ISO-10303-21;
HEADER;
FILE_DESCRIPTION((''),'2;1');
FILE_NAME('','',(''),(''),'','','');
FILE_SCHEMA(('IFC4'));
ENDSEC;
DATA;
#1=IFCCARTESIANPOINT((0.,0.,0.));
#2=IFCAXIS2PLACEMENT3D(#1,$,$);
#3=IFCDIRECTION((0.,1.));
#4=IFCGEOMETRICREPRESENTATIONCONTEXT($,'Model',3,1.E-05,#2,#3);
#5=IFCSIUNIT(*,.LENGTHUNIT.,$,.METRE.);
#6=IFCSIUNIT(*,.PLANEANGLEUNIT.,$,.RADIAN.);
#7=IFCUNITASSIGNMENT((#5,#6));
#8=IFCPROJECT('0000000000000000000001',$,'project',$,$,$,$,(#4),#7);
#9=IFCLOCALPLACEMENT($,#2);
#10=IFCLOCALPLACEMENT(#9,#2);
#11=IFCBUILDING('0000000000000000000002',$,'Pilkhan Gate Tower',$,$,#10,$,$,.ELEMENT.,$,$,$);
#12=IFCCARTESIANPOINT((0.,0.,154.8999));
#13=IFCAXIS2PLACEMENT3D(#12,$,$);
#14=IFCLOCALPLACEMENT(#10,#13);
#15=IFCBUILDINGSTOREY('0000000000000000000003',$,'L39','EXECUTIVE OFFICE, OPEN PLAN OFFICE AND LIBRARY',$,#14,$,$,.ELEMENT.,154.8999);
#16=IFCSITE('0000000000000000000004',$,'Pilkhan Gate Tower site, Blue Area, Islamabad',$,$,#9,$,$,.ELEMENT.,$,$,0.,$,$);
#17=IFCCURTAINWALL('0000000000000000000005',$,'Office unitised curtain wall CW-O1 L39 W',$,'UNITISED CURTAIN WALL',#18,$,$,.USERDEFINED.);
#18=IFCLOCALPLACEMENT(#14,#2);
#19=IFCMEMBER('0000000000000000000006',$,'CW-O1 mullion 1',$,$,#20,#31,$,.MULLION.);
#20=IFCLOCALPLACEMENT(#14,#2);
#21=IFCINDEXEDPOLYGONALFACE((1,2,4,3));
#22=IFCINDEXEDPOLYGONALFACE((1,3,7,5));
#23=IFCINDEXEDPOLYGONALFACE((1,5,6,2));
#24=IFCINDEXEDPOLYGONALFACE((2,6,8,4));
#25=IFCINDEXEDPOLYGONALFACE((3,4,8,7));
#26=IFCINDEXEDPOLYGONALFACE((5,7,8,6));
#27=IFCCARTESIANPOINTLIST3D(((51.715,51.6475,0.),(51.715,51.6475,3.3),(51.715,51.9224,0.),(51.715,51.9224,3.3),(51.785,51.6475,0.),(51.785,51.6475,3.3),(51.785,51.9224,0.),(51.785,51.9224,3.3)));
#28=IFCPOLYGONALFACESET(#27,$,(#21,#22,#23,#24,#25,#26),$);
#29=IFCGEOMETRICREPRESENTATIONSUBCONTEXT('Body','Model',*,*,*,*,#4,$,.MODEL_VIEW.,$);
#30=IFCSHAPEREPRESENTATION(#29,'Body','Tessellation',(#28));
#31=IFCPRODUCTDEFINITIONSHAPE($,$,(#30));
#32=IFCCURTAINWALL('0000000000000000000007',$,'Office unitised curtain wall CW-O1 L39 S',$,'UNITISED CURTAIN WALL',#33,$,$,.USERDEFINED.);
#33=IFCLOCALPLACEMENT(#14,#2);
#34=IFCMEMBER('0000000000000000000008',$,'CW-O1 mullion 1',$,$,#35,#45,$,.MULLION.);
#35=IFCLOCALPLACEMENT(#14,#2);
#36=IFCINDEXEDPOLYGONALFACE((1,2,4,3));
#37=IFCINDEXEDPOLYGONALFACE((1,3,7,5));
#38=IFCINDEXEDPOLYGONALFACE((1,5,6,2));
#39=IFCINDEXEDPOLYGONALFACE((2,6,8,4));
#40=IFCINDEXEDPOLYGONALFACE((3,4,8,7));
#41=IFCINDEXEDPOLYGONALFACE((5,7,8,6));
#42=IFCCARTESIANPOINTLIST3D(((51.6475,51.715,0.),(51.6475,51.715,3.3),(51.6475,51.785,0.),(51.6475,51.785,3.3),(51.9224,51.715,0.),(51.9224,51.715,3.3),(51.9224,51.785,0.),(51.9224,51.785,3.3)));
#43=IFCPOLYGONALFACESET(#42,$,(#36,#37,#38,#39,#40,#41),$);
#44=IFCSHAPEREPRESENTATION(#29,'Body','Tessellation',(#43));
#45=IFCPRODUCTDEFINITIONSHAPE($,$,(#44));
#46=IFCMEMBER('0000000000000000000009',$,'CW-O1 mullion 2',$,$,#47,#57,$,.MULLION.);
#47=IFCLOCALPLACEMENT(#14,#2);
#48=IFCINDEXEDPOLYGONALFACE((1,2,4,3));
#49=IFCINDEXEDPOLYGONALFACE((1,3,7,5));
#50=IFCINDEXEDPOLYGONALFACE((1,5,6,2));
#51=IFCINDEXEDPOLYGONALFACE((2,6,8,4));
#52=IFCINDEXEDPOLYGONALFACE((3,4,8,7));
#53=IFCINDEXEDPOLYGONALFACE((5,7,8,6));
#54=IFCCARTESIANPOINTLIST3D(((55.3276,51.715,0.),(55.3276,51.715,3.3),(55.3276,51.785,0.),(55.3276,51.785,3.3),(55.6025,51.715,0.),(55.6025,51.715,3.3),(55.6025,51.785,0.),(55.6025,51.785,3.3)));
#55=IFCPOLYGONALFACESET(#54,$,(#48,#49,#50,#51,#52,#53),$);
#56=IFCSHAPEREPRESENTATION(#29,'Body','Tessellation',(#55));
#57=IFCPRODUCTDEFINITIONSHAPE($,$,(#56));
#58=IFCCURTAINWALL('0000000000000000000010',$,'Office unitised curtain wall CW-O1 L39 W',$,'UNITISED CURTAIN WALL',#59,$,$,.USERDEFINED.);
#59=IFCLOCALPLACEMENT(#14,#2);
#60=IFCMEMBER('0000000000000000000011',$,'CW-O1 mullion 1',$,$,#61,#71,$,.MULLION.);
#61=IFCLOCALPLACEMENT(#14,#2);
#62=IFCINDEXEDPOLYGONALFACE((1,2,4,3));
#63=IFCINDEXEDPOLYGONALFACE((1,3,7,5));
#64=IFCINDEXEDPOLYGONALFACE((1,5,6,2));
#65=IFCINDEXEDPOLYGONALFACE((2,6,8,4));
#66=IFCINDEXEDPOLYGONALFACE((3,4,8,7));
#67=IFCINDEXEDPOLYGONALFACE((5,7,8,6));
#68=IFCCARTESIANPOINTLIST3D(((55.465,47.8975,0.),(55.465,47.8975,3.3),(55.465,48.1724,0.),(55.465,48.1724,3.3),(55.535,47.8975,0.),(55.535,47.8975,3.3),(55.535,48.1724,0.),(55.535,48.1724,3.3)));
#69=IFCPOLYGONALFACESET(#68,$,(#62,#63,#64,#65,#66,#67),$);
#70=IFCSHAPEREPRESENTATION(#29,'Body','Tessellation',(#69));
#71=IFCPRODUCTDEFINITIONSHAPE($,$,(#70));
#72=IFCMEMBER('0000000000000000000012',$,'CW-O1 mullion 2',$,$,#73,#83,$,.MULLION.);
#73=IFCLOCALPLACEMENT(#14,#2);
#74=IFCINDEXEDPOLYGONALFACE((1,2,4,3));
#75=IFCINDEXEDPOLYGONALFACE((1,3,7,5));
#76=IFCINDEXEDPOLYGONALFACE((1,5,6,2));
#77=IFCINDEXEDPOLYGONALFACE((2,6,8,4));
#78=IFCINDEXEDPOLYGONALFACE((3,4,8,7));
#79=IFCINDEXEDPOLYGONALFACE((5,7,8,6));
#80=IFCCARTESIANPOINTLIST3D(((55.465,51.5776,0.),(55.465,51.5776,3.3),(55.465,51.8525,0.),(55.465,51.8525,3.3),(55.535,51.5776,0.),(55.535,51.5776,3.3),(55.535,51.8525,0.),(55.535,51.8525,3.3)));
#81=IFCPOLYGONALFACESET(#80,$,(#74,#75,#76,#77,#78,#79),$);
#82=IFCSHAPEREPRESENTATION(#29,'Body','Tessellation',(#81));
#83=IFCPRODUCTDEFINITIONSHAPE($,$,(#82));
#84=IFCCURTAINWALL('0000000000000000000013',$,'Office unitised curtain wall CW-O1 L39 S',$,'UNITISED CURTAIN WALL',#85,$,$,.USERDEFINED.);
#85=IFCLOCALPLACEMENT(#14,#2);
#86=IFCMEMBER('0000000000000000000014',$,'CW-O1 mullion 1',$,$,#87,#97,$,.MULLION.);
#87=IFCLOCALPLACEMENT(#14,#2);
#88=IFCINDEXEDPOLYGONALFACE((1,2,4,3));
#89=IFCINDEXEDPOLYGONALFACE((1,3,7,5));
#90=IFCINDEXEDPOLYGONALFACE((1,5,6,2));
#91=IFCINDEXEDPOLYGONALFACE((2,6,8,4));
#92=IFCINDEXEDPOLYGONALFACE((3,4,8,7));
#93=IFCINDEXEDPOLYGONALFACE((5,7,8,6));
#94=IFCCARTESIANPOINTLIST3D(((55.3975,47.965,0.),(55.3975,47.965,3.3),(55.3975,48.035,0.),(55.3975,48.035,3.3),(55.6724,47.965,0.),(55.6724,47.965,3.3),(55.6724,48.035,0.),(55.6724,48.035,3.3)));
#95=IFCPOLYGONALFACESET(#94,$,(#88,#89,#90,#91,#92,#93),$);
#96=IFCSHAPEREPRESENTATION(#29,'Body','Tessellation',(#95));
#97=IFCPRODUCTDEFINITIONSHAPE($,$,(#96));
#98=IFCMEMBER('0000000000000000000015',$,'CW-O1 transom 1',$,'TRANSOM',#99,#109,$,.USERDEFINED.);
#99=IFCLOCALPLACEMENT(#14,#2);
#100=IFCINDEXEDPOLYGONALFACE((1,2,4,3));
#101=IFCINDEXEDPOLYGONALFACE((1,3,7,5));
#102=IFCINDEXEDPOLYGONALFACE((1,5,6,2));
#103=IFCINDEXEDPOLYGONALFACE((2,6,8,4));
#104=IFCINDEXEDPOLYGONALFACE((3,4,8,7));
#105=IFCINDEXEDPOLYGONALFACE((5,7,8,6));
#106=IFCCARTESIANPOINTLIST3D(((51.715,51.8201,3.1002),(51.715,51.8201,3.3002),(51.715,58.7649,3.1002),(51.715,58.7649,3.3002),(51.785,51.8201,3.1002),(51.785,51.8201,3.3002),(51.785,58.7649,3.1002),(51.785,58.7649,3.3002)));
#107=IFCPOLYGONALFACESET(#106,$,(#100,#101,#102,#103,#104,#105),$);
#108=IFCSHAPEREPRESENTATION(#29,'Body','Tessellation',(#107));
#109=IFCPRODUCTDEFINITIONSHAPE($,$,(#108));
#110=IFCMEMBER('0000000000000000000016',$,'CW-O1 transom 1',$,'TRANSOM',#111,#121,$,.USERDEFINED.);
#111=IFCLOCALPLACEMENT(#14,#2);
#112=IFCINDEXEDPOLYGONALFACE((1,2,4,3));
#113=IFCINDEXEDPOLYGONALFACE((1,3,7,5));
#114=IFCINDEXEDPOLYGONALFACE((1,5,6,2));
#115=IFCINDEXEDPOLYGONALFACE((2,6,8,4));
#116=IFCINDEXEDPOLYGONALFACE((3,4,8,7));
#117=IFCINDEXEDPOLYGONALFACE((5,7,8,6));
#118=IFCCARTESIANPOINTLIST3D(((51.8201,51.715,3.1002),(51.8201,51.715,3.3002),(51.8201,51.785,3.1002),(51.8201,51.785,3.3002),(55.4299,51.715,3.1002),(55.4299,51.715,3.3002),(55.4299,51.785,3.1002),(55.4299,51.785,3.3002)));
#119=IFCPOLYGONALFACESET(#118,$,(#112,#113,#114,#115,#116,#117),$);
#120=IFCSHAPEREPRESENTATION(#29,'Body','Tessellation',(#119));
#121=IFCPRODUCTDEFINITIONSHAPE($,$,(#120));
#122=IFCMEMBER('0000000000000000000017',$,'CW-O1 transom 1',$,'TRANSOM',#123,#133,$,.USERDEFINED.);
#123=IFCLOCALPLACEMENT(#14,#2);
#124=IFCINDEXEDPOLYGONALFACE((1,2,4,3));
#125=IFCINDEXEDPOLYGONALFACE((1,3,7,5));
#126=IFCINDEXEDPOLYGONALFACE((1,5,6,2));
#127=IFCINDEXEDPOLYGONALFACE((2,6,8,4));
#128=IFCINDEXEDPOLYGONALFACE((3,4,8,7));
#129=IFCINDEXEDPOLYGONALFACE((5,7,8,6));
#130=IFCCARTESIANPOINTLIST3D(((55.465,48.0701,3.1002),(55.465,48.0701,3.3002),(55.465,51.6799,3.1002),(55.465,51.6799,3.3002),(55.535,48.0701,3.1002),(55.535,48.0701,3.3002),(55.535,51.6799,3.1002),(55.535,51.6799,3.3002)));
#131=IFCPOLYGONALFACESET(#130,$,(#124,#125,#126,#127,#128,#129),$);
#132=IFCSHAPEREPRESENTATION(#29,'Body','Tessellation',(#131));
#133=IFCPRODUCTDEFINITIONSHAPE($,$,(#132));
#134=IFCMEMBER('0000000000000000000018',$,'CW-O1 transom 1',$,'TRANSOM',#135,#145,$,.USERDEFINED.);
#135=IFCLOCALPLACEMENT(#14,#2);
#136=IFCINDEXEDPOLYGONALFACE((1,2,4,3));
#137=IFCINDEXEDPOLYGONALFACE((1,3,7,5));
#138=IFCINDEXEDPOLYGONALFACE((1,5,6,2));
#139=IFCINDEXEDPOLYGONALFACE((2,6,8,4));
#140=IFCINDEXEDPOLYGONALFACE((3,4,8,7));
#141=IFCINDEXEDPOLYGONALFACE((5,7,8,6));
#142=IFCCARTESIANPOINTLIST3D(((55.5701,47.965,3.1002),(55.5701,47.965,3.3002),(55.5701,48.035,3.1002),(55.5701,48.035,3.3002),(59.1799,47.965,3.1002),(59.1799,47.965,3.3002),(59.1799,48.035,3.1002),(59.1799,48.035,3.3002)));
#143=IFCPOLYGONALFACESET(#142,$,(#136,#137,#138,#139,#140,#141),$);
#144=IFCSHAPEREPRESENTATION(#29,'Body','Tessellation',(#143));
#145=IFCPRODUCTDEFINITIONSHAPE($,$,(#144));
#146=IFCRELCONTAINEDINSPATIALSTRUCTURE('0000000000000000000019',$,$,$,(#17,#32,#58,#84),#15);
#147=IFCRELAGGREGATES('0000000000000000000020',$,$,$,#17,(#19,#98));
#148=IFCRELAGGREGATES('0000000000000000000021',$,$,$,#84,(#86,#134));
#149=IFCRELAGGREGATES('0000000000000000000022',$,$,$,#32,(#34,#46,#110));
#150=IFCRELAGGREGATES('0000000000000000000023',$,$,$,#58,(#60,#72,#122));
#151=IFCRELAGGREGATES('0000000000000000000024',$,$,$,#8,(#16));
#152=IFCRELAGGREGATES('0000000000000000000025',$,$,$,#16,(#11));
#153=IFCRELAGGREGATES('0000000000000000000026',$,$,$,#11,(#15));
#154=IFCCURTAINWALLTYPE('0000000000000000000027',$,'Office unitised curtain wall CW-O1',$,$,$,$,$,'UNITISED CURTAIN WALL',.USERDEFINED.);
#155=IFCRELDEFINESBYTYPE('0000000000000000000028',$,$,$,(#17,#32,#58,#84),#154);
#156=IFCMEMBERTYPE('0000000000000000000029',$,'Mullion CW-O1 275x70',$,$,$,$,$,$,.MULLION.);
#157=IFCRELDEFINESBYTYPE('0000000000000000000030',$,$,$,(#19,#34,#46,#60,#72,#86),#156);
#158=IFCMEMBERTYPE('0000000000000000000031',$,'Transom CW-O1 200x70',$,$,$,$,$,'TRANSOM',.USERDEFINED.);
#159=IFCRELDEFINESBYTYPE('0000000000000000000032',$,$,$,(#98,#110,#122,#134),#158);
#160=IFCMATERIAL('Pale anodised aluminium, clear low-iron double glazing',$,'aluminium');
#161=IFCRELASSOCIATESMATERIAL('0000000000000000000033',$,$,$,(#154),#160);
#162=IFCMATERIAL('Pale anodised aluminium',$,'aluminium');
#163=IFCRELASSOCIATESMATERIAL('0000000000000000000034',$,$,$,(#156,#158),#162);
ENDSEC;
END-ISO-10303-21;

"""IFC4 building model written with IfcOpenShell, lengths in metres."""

from ifc_helpers import new_model, si_unit, direction, frame, origin, origin_2d, place, context, subcontext, project, spatial, rectangle, extrude, material, material_profile, profile_set, type_object, element, aggregate, save


model = new_model("IFC4")

# Units and contexts
model_context = context("Model", 3, precision=1e-05, world=origin(), true_north=direction((0.0, 1.0)))
body_context = subcontext(model_context, "Body", "Model", "MODEL_VIEW")
ifc_project = project(units=[si_unit("LENGTHUNIT", "METRE"), si_unit("PLANEANGLEUNIT", "RADIAN")], contexts=[model_context])

# Site, building, storey
site_placement = place(None, origin())
site = spatial("IfcSite", under=ifc_project, at=site_placement, Name="Pilkhan Gate Tower site, Blue Area, Islamabad", CompositionType="ELEMENT", RefElevation=0.0)
building_placement = place(site_placement, origin())
building = spatial("IfcBuilding", under=site, at=building_placement, Name="Pilkhan Gate Tower", CompositionType="ELEMENT")
storey_placement = place(building_placement, frame((0.0, 0.0, 154.8999)))
storey = spatial("IfcBuildingStorey", under=building, at=storey_placement, Name="L39", Description="EXECUTIVE OFFICE, OPEN PLAN OFFICE AND LIBRARY", CompositionType="ELEMENT", Elevation=154.8999)

# Curtain wall, member
ifc_material_1 = material(Name="Pale anodised aluminium, clear low-iron double glazing", Category="aluminium")
curtain_wall_type = type_object("IfcCurtainWallType", Name="Office unitised curtain wall CW-O1", ElementType="UNITISED CURTAIN WALL", PredefinedType="USERDEFINED", material=ifc_material_1)
curtain_wall_1_placement = place(storey_placement, origin())
curtain_wall_1 = element("IfcCurtainWall", 1, at=curtain_wall_1_placement, inside=storey, type_object=curtain_wall_type, Name="Office unitised curtain wall CW-O1 L39 W", ObjectType="UNITISED CURTAIN WALL", PredefinedType="USERDEFINED")
ifc_material_2 = material(Name="Pale anodised aluminium", Category="aluminium")
ifc_material_profile_1 = material_profile(ifc_material_2, rectangle(XDim=0.0701, YDim=0.2749, at=origin_2d()), Name="Mullion 275x70")
ifc_profile_set_1 = profile_set([ifc_material_profile_1], Name="Pale anodised aluminium")
member_type_1 = type_object("IfcMemberType", Name="Mullion CW-O1 275x70", PredefinedType="MULLION", material=ifc_profile_set_1)
member_1_placement = place(storey_placement, frame((51.75, 51.7849, 0.0), z_axis=(0.0, 0.0, 1.0), x_axis=(-1.0, 0.0, 0.0)))
member_1 = element("IfcMember", 2, at=member_1_placement, type_object=member_type_1, Name="CW-O1 mullion 1", PredefinedType="MULLION", context=body_context, shape_type="SweptSolid", body=[
    extrude(rectangle(XDim=0.0701, YDim=0.2749, at=origin_2d()), origin(), (0.0, 0.0, 1.0), 3.3),
])

# Curtain walls, members
curtain_wall_2_placement = place(storey_placement, origin())
curtain_wall_2 = element("IfcCurtainWall", 3, at=curtain_wall_2_placement, inside=storey, type_object=curtain_wall_type, Name="Office unitised curtain wall CW-O1 L39 S", ObjectType="UNITISED CURTAIN WALL", PredefinedType="USERDEFINED")
member_2_placement = place(storey_placement, frame((51.7849, 51.75, 0.0), z_axis=(0.0, 0.0, 1.0), x_axis=(0.0, 1.0, 0.0)))
member_2 = element("IfcMember", 4, at=member_2_placement, type_object=member_type_1, Name="CW-O1 mullion 1", PredefinedType="MULLION", context=body_context, shape_type="SweptSolid", body=[
    extrude(rectangle(XDim=0.0701, YDim=0.2749, at=origin_2d()), origin(), (0.0, 0.0, 1.0), 3.3),
])
member_3_placement = place(storey_placement, frame((55.4651, 51.75, 0.0), z_axis=(0.0, 0.0, 1.0), x_axis=(0.0, 1.0, 0.0)))
member_3 = element("IfcMember", 5, at=member_3_placement, type_object=member_type_1, Name="CW-O1 mullion 2", PredefinedType="MULLION", context=body_context, shape_type="SweptSolid", body=[
    extrude(rectangle(XDim=0.0701, YDim=0.2749, at=origin_2d()), origin(), (0.0, 0.0, 1.0), 3.3),
])
curtain_wall_3_placement = place(storey_placement, origin())
curtain_wall_3 = element("IfcCurtainWall", 6, at=curtain_wall_3_placement, inside=storey, type_object=curtain_wall_type, Name="Office unitised curtain wall CW-O1 L39 W", ObjectType="UNITISED CURTAIN WALL", PredefinedType="USERDEFINED")
member_4_placement = place(storey_placement, frame((55.5, 48.0349, 0.0), z_axis=(0.0, 0.0, 1.0), x_axis=(-1.0, 0.0, 0.0)))
member_4 = element("IfcMember", 7, at=member_4_placement, type_object=member_type_1, Name="CW-O1 mullion 1", PredefinedType="MULLION", context=body_context, shape_type="SweptSolid", body=[
    extrude(rectangle(XDim=0.0701, YDim=0.2749, at=origin_2d()), origin(), (0.0, 0.0, 1.0), 3.3),
])
member_5_placement = place(storey_placement, frame((55.5, 51.7151, 0.0), z_axis=(0.0, 0.0, 1.0), x_axis=(-1.0, 0.0, 0.0)))
member_5 = element("IfcMember", 8, at=member_5_placement, type_object=member_type_1, Name="CW-O1 mullion 2", PredefinedType="MULLION", context=body_context, shape_type="SweptSolid", body=[
    extrude(rectangle(XDim=0.0701, YDim=0.2749, at=origin_2d()), origin(), (0.0, 0.0, 1.0), 3.3),
])

# Curtain wall, member
curtain_wall_4_placement = place(storey_placement, origin())
curtain_wall_4 = element("IfcCurtainWall", 9, at=curtain_wall_4_placement, inside=storey, type_object=curtain_wall_type, Name="Office unitised curtain wall CW-O1 L39 S", ObjectType="UNITISED CURTAIN WALL", PredefinedType="USERDEFINED")
member_6_placement = place(storey_placement, frame((55.5349, 48.0, 0.0), z_axis=(0.0, 0.0, 1.0), x_axis=(0.0, 1.0, 0.0)))
member_6 = element("IfcMember", 10, at=member_6_placement, type_object=member_type_1, Name="CW-O1 mullion 1", PredefinedType="MULLION", context=body_context, shape_type="SweptSolid", body=[
    extrude(rectangle(XDim=0.0701, YDim=0.2749, at=origin_2d()), origin(), (0.0, 0.0, 1.0), 3.3),
])

# Members
ifc_material_profile_2 = material_profile(ifc_material_2, rectangle(XDim=0.0701, YDim=0.2, at=origin_2d()), Name="Transom 200x70")
ifc_profile_set_2 = profile_set([ifc_material_profile_2], Name="Pale anodised aluminium")
member_type_2 = type_object("IfcMemberType", Name="Transom CW-O1 200x70", ElementType="TRANSOM", PredefinedType="USERDEFINED", material=ifc_profile_set_2)
member_7_placement = place(storey_placement, frame((51.75, 51.8201, 3.2002), z_axis=(0.0, 1.0, 0.0), x_axis=(-1.0, 0.0, 0.0)))
member_7 = element("IfcMember", 11, at=member_7_placement, type_object=member_type_2, Name="CW-O1 transom 1", ObjectType="TRANSOM", PredefinedType="USERDEFINED", context=body_context, shape_type="SweptSolid", body=[
    extrude(rectangle(XDim=0.0701, YDim=0.2, at=origin_2d()), origin(), (0.0, 0.0, 1.0), 6.9448),
])
aggregate(curtain_wall_1, [member_1, member_7])
member_8_placement = place(storey_placement, frame((51.8201, 51.75, 3.2002), z_axis=(1.0, 0.0, 0.0), x_axis=(0.0, 1.0, 0.0)))
member_8 = element("IfcMember", 12, at=member_8_placement, type_object=member_type_2, Name="CW-O1 transom 1", ObjectType="TRANSOM", PredefinedType="USERDEFINED", context=body_context, shape_type="SweptSolid", body=[
    extrude(rectangle(XDim=0.0701, YDim=0.2, at=origin_2d()), origin(), (0.0, 0.0, 1.0), 3.6099),
])
member_9_placement = place(storey_placement, frame((55.5, 48.0701, 3.2002), z_axis=(0.0, 1.0, 0.0), x_axis=(-1.0, 0.0, 0.0)))
member_9 = element("IfcMember", 13, at=member_9_placement, type_object=member_type_2, Name="CW-O1 transom 1", ObjectType="TRANSOM", PredefinedType="USERDEFINED", context=body_context, shape_type="SweptSolid", body=[
    extrude(rectangle(XDim=0.0701, YDim=0.2, at=origin_2d()), origin(), (0.0, 0.0, 1.0), 3.6099),
])
member_10_placement = place(storey_placement, frame((55.5701, 48.0, 3.2002), z_axis=(1.0, 0.0, 0.0), x_axis=(0.0, 1.0, 0.0)))
member_10 = element("IfcMember", 14, at=member_10_placement, type_object=member_type_2, Name="CW-O1 transom 1", ObjectType="TRANSOM", PredefinedType="USERDEFINED", context=body_context, shape_type="SweptSolid", body=[
    extrude(rectangle(XDim=0.0701, YDim=0.2, at=origin_2d()), origin(), (0.0, 0.0, 1.0), 3.6099),
])
aggregate(curtain_wall_4, [member_6, member_10])

aggregate(curtain_wall_2, [member_2, member_3, member_8])
aggregate(curtain_wall_3, [member_4, member_5, member_9])

save(model, "model.ifc")
